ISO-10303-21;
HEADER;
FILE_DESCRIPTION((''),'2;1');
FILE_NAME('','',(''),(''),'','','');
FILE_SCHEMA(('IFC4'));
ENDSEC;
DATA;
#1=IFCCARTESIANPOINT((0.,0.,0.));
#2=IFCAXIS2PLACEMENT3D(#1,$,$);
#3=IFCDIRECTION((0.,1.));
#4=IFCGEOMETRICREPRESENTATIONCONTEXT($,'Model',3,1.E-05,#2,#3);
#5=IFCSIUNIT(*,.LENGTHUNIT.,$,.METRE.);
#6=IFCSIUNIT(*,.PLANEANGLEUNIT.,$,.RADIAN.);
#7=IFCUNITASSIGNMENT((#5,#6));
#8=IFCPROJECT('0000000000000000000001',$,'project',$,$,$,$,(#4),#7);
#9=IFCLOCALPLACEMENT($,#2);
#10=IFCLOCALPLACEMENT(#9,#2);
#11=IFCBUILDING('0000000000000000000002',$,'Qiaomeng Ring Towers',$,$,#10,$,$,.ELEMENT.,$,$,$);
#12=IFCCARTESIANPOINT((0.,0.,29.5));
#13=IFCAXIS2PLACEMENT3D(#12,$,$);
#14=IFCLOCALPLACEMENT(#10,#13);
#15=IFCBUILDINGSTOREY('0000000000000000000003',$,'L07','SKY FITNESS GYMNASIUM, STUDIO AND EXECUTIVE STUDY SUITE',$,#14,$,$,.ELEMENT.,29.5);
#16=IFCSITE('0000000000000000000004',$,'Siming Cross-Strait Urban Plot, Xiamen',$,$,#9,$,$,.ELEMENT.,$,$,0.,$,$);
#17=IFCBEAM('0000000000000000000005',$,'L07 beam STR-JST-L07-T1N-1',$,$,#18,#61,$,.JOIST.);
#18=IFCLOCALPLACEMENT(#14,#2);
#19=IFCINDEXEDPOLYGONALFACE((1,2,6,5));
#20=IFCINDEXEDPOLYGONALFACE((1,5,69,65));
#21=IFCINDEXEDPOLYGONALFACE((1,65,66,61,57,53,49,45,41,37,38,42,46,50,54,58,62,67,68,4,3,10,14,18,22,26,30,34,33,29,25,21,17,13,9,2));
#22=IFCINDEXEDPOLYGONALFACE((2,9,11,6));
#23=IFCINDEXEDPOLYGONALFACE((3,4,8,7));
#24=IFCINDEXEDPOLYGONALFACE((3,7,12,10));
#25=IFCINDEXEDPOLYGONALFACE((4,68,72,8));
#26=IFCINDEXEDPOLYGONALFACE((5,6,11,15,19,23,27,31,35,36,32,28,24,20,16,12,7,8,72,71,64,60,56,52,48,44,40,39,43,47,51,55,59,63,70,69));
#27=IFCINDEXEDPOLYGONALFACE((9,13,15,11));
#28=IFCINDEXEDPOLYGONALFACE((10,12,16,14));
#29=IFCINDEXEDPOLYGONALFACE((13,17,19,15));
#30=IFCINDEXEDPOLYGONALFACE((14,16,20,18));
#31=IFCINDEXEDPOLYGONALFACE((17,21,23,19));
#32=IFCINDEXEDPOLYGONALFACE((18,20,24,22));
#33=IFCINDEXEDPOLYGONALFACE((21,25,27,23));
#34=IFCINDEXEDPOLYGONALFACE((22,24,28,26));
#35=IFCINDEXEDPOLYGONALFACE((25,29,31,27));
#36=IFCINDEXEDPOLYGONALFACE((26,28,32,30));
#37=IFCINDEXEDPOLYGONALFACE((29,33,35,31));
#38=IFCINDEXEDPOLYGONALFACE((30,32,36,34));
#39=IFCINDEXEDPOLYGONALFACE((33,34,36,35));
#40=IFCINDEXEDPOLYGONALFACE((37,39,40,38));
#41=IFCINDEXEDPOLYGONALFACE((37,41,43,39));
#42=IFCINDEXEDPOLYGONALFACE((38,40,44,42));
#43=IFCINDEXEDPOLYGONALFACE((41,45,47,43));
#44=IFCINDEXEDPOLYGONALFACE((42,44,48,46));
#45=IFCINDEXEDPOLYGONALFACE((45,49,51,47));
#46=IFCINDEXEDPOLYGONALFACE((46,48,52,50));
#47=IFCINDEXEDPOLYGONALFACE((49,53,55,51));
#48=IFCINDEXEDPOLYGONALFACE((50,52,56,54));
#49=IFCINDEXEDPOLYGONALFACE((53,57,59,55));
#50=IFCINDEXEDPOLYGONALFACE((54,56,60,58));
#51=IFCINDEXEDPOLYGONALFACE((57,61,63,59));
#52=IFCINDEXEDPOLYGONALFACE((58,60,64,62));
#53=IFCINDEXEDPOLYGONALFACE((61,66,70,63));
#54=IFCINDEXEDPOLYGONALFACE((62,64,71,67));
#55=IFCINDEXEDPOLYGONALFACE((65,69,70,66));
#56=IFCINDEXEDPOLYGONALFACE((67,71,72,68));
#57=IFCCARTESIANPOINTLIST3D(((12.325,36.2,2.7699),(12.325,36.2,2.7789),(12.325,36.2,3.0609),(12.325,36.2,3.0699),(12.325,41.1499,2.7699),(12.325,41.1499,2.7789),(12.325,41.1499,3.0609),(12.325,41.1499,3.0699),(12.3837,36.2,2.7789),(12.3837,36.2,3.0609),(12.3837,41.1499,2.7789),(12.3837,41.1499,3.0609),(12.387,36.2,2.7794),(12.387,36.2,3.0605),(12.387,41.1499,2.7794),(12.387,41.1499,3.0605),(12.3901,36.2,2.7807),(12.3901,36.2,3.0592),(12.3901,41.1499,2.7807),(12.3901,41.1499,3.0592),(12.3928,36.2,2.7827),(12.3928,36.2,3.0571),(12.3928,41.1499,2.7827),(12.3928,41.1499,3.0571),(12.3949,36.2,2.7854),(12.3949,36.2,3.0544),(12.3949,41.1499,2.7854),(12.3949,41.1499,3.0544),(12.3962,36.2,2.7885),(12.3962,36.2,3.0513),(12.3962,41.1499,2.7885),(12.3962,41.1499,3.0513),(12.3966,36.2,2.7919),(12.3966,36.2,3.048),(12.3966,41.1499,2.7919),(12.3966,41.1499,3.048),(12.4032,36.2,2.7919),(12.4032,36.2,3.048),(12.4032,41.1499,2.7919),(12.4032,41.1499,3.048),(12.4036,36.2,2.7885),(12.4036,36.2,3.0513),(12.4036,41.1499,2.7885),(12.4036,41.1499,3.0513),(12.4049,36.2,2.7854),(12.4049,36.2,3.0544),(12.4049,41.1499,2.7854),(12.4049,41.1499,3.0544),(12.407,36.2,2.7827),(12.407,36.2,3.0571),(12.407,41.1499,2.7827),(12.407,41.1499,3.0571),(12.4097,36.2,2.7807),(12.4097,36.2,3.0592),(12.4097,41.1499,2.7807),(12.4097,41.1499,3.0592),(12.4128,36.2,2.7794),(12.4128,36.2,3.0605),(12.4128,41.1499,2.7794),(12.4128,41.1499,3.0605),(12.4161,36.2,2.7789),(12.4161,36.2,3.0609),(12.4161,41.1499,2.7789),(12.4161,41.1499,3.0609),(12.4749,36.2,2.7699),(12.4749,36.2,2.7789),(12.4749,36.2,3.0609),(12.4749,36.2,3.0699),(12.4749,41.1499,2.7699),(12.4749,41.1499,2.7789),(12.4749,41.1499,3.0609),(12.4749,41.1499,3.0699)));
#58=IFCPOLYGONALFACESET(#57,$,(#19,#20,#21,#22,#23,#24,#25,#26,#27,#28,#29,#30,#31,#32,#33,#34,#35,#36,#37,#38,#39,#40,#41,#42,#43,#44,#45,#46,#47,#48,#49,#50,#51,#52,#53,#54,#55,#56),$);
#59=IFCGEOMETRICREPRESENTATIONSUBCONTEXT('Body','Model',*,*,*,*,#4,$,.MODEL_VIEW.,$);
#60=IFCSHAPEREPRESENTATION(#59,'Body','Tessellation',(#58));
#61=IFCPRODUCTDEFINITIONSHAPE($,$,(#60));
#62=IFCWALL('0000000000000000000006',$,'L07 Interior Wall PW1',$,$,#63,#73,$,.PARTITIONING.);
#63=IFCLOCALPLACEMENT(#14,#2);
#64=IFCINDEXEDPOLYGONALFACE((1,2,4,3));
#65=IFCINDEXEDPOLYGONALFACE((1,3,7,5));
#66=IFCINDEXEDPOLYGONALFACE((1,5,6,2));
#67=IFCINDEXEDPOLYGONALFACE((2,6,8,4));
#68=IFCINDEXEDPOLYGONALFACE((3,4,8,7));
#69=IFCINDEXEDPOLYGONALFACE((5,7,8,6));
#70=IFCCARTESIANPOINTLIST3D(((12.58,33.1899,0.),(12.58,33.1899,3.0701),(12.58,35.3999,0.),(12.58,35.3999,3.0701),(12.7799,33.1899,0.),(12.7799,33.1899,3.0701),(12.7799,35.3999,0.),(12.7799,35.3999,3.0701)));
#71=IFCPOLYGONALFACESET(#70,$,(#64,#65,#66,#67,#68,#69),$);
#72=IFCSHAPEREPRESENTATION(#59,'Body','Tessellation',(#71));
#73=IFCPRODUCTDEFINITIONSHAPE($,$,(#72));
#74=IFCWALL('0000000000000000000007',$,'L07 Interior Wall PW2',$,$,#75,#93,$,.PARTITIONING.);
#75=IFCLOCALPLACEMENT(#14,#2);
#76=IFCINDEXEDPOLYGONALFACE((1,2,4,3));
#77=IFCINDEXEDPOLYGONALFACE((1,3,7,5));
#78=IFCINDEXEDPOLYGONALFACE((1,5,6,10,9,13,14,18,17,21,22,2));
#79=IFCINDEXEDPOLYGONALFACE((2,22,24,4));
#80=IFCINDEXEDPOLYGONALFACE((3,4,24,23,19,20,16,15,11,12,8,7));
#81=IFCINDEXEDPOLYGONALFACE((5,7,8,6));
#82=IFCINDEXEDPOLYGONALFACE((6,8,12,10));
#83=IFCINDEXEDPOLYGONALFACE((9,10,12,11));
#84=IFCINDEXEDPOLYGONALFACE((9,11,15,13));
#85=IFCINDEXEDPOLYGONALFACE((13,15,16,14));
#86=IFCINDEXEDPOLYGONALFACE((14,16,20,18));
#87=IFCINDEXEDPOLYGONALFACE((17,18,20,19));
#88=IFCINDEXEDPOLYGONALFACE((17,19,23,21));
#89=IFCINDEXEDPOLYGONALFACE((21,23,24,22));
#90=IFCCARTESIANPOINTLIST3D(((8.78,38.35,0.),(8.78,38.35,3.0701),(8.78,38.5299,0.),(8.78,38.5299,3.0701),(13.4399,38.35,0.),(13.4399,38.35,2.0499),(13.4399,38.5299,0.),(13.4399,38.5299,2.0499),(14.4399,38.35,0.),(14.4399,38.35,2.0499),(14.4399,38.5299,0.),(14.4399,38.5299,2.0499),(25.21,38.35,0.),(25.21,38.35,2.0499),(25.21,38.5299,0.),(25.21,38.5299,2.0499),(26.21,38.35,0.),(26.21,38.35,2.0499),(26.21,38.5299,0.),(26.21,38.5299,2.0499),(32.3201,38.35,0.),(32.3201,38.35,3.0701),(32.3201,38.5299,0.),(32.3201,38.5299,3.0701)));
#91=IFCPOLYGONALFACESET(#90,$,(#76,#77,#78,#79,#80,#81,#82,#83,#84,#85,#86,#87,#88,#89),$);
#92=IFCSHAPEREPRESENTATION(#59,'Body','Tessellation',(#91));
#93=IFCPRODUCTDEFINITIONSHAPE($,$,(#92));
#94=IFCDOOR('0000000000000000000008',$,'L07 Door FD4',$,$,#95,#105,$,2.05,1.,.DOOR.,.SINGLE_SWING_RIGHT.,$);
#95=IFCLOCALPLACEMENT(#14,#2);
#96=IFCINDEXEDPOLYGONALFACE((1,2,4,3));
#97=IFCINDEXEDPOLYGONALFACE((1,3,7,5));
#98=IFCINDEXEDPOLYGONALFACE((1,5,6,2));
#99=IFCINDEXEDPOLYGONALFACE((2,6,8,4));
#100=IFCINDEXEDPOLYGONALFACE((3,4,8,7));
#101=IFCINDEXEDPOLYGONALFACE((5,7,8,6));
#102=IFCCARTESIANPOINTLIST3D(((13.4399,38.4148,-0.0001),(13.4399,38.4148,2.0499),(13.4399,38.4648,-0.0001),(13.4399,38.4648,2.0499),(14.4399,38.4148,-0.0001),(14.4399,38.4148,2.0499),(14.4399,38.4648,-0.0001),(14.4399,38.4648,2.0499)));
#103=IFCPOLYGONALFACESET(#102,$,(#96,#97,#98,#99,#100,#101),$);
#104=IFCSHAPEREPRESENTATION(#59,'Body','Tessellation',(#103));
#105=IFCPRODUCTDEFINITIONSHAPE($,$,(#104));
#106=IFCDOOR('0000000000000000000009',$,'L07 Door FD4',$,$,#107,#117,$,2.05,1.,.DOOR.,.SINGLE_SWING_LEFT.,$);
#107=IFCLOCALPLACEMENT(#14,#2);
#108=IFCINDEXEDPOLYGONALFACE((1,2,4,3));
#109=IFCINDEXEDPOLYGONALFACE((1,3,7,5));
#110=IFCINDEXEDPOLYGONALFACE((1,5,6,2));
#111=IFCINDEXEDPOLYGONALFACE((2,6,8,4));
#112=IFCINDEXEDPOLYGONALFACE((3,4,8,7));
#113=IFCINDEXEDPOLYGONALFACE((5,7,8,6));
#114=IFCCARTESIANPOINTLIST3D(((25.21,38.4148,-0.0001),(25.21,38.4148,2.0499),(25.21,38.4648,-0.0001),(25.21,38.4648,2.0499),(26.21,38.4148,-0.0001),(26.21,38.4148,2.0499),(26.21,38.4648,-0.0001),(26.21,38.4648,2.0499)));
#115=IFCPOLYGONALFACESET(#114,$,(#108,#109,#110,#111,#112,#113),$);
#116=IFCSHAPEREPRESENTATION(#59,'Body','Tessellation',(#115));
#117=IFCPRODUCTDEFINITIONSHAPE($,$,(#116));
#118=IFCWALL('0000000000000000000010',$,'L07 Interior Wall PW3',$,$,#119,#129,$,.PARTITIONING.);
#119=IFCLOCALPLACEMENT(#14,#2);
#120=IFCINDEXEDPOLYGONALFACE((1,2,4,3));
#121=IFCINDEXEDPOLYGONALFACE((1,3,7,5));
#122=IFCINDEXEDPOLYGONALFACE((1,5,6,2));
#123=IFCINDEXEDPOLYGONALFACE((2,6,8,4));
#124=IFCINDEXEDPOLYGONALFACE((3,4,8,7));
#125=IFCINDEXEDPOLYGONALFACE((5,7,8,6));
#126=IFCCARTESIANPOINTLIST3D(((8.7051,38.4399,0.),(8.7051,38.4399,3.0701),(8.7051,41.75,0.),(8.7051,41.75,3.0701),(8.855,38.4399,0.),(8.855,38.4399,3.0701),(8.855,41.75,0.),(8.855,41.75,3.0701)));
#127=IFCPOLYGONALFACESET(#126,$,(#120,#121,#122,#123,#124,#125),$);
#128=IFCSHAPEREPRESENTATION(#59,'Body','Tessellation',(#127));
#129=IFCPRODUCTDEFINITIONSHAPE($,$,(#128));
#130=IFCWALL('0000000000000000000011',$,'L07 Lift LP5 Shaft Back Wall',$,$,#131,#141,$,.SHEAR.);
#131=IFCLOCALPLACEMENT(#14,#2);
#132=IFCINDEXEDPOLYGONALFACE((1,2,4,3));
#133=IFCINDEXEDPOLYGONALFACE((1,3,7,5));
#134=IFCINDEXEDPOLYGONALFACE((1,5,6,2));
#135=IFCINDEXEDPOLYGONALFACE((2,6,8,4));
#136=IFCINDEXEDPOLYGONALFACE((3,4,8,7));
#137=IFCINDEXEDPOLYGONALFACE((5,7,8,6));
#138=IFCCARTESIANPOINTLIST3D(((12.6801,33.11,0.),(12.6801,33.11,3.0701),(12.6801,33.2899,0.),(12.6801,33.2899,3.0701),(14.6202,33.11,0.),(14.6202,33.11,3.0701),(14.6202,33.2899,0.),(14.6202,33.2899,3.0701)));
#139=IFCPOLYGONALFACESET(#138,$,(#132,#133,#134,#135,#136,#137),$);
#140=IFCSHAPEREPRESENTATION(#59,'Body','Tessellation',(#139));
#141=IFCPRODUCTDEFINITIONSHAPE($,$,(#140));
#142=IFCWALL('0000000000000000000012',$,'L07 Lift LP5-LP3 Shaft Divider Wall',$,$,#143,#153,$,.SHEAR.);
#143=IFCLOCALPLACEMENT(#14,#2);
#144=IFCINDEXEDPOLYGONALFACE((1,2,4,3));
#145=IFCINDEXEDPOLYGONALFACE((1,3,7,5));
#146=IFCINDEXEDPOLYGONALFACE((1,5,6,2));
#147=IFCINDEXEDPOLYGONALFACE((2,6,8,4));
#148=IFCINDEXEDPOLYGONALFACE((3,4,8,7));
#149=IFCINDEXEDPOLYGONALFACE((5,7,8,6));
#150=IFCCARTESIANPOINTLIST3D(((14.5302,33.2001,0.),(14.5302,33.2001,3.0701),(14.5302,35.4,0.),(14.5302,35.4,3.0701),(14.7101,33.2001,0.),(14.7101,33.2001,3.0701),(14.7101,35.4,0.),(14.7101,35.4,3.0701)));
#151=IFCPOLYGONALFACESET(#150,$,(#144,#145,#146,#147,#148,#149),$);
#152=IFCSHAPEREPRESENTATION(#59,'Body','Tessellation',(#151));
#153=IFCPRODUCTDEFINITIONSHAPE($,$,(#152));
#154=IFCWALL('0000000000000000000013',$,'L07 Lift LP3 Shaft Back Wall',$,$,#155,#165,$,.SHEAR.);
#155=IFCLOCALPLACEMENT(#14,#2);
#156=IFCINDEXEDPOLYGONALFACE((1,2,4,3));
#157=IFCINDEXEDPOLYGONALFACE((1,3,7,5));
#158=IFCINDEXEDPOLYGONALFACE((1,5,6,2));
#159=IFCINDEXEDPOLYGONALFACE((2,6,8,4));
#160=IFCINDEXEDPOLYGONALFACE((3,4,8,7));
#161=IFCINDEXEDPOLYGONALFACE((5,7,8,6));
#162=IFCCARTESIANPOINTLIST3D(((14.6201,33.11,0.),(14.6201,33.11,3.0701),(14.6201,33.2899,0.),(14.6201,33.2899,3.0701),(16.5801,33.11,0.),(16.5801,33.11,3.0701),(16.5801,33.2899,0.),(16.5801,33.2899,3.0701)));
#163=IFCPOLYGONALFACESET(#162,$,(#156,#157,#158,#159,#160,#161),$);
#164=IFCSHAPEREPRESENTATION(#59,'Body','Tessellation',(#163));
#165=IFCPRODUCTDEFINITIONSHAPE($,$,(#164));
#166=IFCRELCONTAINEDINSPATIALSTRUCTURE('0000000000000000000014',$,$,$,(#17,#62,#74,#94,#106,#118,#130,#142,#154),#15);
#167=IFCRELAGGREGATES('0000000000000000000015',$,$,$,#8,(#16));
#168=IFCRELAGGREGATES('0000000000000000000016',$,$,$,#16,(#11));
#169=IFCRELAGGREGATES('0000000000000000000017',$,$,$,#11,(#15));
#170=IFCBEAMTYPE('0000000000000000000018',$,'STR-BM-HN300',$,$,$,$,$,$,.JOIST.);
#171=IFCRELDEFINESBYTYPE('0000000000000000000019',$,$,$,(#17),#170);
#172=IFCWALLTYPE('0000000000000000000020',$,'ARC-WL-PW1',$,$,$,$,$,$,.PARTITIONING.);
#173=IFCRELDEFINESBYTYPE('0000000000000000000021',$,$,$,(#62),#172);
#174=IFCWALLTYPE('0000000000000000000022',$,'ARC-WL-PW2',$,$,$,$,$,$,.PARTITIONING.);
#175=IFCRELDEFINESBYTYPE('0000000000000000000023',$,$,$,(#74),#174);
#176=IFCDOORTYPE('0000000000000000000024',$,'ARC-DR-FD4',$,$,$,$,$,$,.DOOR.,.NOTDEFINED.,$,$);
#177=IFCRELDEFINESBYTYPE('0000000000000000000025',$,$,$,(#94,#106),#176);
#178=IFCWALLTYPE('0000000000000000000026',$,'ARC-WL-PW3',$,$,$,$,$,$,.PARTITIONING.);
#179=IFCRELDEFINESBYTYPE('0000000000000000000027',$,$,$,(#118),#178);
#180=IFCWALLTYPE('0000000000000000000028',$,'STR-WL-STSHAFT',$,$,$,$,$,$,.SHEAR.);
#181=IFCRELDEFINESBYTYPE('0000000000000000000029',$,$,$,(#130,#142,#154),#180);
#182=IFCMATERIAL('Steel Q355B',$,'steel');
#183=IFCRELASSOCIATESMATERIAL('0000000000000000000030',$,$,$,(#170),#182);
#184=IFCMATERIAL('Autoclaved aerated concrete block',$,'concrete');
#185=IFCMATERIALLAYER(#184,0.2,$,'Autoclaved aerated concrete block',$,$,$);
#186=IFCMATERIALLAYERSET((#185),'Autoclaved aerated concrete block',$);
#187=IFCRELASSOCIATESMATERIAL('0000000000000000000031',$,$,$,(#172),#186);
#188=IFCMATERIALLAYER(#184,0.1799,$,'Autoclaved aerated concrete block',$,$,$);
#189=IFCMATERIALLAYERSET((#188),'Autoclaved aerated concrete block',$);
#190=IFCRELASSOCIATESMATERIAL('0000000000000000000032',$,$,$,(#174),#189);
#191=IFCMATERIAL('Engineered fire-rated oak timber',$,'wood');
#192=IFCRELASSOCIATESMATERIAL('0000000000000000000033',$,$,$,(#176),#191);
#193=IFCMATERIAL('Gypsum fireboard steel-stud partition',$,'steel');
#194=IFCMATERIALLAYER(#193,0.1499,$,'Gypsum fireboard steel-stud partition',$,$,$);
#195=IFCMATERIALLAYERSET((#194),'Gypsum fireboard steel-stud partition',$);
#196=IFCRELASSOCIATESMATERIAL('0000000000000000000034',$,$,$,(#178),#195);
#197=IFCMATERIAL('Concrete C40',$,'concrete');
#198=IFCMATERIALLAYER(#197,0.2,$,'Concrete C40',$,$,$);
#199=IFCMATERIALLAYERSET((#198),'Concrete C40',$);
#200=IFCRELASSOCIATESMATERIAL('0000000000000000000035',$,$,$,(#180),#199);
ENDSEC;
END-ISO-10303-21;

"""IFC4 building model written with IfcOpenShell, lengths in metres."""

from ifc_helpers import new_model, si_unit, direction, frame, frame_2d, origin, origin_2d, place, context, subcontext, project, spatial, rectangle, i_section, extrude, source, transform, mapped, material, layer, layer_set, material_profile, profile_set, type_object, element, fill, save


model = new_model("IFC4")

# Units and contexts
model_context = context("Model", 3, precision=1e-05, world=origin(), true_north=direction((0.0, 1.0)))
body_context = subcontext(model_context, "Body", "Model", "MODEL_VIEW")
ifc_project = project(units=[si_unit("LENGTHUNIT", "METRE"), si_unit("PLANEANGLEUNIT", "RADIAN")], contexts=[model_context])

# Site, building, storey
site_placement = place(None, origin())
site = spatial("IfcSite", under=ifc_project, at=site_placement, Name="Siming Cross-Strait Urban Plot, Xiamen", CompositionType="ELEMENT", RefElevation=0.0)
building_placement = place(site_placement, origin())
building = spatial("IfcBuilding", under=site, at=building_placement, Name="Qiaomeng Ring Towers", CompositionType="ELEMENT")
storey_placement = place(building_placement, frame((0.0, 0.0, 29.5)))
storey = spatial("IfcBuildingStorey", under=building, at=storey_placement, Name="L07", Description="SKY FITNESS GYMNASIUM, STUDIO AND EXECUTIVE STUDY SUITE", CompositionType="ELEMENT", Elevation=29.5)

# Beam
ifc_material_1 = material(Name="Steel Q355B", Category="steel")
ifc_material_profile = material_profile(ifc_material_1, i_section(OverallWidth=0.1499, OverallDepth=0.3, WebThickness=0.0066, FlangeThickness=0.009, FilletRadius=0.0129, at=origin_2d()), Name="HN 300x150x6.5x9")
ifc_profile_set = profile_set([ifc_material_profile], Name="Steel Q355B")
beam_type = type_object("IfcBeamType", Name="STR-BM-HN300", PredefinedType="JOIST", material=ifc_profile_set)
shared_shape_1 = source(origin(), body_context, "Body", "SweptSolid", [
    extrude(i_section(OverallWidth=0.1499, OverallDepth=0.3, WebThickness=0.0066, FlangeThickness=0.009, FilletRadius=0.0129, at=origin_2d()), origin(), (0.0, 0.0, 1.0), 4.95),
])
beam_placement = place(storey_placement, frame((12.3999, 36.2, 2.9199), z_axis=(0.0, 1.0, 0.0), x_axis=(-1.0, 0.0, 0.0)))
element("IfcBeam", 1, at=beam_placement, inside=storey, type_object=beam_type, Name="L07 beam STR-JST-L07-T1N-1", PredefinedType="JOIST", context=body_context, shape_type="MappedRepresentation", body=[
    mapped(shared_shape_1, transform((0.0, 0.0, 0.0), x_axis=(1.0, 0.0, 0.0), y_axis=(0.0, 1.0, 0.0), z_axis=(0.0, 0.0, 1.0), scale=1.0)),
])

# Wall
ifc_material_2 = material(Name="Autoclaved aerated concrete block", Category="concrete")
ifc_layer_1 = layer(ifc_material_2, 0.2, Name="Autoclaved aerated concrete block")
ifc_layer_set_1 = layer_set([ifc_layer_1], Name="Autoclaved aerated concrete block")
wall_type_1 = type_object("IfcWallType", Name="ARC-WL-PW1", PredefinedType="PARTITIONING", material=ifc_layer_set_1)
wall_1_placement = place(storey_placement, frame((12.6799, 33.1899, 0.0), z_axis=(0.0, 0.0, 1.0), x_axis=(0.0, 1.0, 0.0)))
element("IfcWall", 2, at=wall_1_placement, inside=storey, type_object=wall_type_1, Name="L07 Interior Wall PW1", PredefinedType="PARTITIONING", context=body_context, shape_type="SweptSolid", body=[
    extrude(rectangle(XDim=2.21, YDim=0.2, at=frame_2d((1.105, 0.0))), origin(), (0.0, 0.0, 1.0), 3.0701),
])

# Wall, openings, doors
ifc_layer_2 = layer(ifc_material_2, 0.1799, Name="Autoclaved aerated concrete block")
ifc_layer_set_2 = layer_set([ifc_layer_2], Name="Autoclaved aerated concrete block")
wall_type_2 = type_object("IfcWallType", Name="ARC-WL-PW2", PredefinedType="PARTITIONING", material=ifc_layer_set_2)
wall_2_placement = place(storey_placement, frame((8.78, 38.4399, 0.0), z_axis=(0.0, 0.0, 1.0), x_axis=(1.0, 0.0, 0.0)))
wall_2 = element("IfcWall", 3, at=wall_2_placement, inside=storey, type_object=wall_type_2, Name="L07 Interior Wall PW2", PredefinedType="PARTITIONING", context=body_context, shape_type="SweptSolid", body=[
    extrude(rectangle(XDim=23.54, YDim=0.1799, at=frame_2d((11.77, 0.0))), origin(), (0.0, 0.0, 1.0), 3.0701),
])
opening_1_placement = place(wall_2_placement, frame((4.6599, 0.0, 0.0)))
opening_1 = element("IfcOpeningElement", 4, at=opening_1_placement, cuts=wall_2, PredefinedType="OPENING", context=body_context, shape_type="SweptSolid", body=[
    extrude(rectangle(XDim=1.0, YDim=2.05, at=frame_2d((0.5, 1.0249))), frame((0.0, 0.0999, 0.0), z_axis=(0.0, -1.0, 0.0), x_axis=(1.0, 0.0, 0.0)), (0.0, 0.0, 1.0), 0.2),
])
opening_2_placement = place(wall_2_placement, frame((16.4299, 0.0, 0.0)))
opening_2 = element("IfcOpeningElement", 5, at=opening_2_placement, cuts=wall_2, PredefinedType="OPENING", context=body_context, shape_type="SweptSolid", body=[
    extrude(rectangle(XDim=1.0, YDim=2.05, at=frame_2d((0.5, 1.0249))), frame((0.0, 0.0999, 0.0), z_axis=(0.0, -1.0, 0.0), x_axis=(1.0, 0.0, 0.0)), (0.0, 0.0, 1.0), 0.2),
])
ifc_material_3 = material(Name="Engineered fire-rated oak timber", Category="wood")
door_type_1 = type_object("IfcDoorType", Name="ARC-DR-FD4", OperationType="NOTDEFINED", PredefinedType="DOOR", material=ifc_material_3)
shared_shape_2 = source(origin(), body_context, "Body", "SweptSolid", [
    extrude(rectangle(XDim=1.0, YDim=2.05, at=frame_2d((0.5, 1.0249))), frame((0.0, 0.0249, 0.0), z_axis=(0.0, -1.0, 0.0), x_axis=(1.0, 0.0, 0.0)), (0.0, 0.0, 1.0), 0.05),
])
door_1_placement = place(opening_1_placement, origin())
door_1 = element("IfcDoor", 6, at=door_1_placement, inside=storey, type_object=door_type_1, Name="L07 Door FD4", OperationType="SINGLE_SWING_RIGHT", OverallHeight=2.05, OverallWidth=1.0, PredefinedType="DOOR", context=body_context, shape_type="MappedRepresentation", body=[
    mapped(shared_shape_2, transform((0.0, 0.0, 0.0), x_axis=(1.0, 0.0, 0.0), y_axis=(0.0, 1.0, 0.0), z_axis=(0.0, 0.0, 1.0), scale=1.0)),
])
fill(opening_1, door_1)
door_2_placement = place(opening_2_placement, origin())
door_2 = element("IfcDoor", 7, at=door_2_placement, inside=storey, type_object=door_type_1, Name="L07 Door FD4", OperationType="SINGLE_SWING_LEFT", OverallHeight=2.05, OverallWidth=1.0, PredefinedType="DOOR", context=body_context, shape_type="MappedRepresentation", body=[
    mapped(shared_shape_2, transform((0.0, 0.0, 0.0), x_axis=(1.0, 0.0, 0.0), y_axis=(0.0, 1.0, 0.0), z_axis=(0.0, 0.0, 1.0), scale=1.0)),
])
fill(opening_2, door_2)

# Walls
ifc_material_4 = material(Name="Gypsum fireboard steel-stud partition", Category="steel")
ifc_layer_3 = layer(ifc_material_4, 0.1499, Name="Gypsum fireboard steel-stud partition")
ifc_layer_set_3 = layer_set([ifc_layer_3], Name="Gypsum fireboard steel-stud partition")
wall_type_3 = type_object("IfcWallType", Name="ARC-WL-PW3", PredefinedType="PARTITIONING", material=ifc_layer_set_3)
wall_3_placement = place(storey_placement, frame((8.78, 38.4399, 0.0), z_axis=(0.0, 0.0, 1.0), x_axis=(0.0, 1.0, 0.0)))
element("IfcWall", 8, at=wall_3_placement, inside=storey, type_object=wall_type_3, Name="L07 Interior Wall PW3", PredefinedType="PARTITIONING", context=body_context, shape_type="SweptSolid", body=[
    extrude(rectangle(XDim=3.3101, YDim=0.1499, at=frame_2d((1.655, 0.0))), origin(), (0.0, 0.0, 1.0), 3.0701),
])
ifc_material_5 = material(Name="Concrete C40", Category="concrete")
ifc_layer_4 = layer(ifc_material_5, 0.2, Name="Concrete C40")
ifc_layer_set_4 = layer_set([ifc_layer_4], Name="Concrete C40")
wall_type_4 = type_object("IfcWallType", Name="STR-WL-STSHAFT", PredefinedType="SHEAR", material=ifc_layer_set_4)
wall_4_placement = place(storey_placement, frame((12.6799, 33.2, 0.0), z_axis=(0.0, 0.0, 1.0), x_axis=(1.0, 0.0, 0.0)))
element("IfcWall", 9, at=wall_4_placement, inside=storey, type_object=wall_type_4, Name="L07 Lift LP5 Shaft Back Wall", PredefinedType="SHEAR", context=body_context, shape_type="SweptSolid", body=[
    extrude(rectangle(XDim=1.9402, YDim=0.1799, at=frame_2d((0.9702, 0.0))), origin(), (0.0, 0.0, 1.0), 3.0701),
])
wall_5_placement = place(storey_placement, frame((14.6201, 33.2, 0.0), z_axis=(0.0, 0.0, 1.0), x_axis=(0.0, 1.0, 0.0)))
element("IfcWall", 10, at=wall_5_placement, inside=storey, type_object=wall_type_4, Name="L07 Lift LP5-LP3 Shaft Divider Wall", PredefinedType="SHEAR", context=body_context, shape_type="SweptSolid", body=[
    extrude(rectangle(XDim=2.2, YDim=0.1799, at=frame_2d((1.1001, 0.0))), origin(), (0.0, 0.0, 1.0), 3.0701),
])
wall_6_placement = place(storey_placement, frame((14.6201, 33.2, 0.0), z_axis=(0.0, 0.0, 1.0), x_axis=(1.0, 0.0, 0.0)))
element("IfcWall", 11, at=wall_6_placement, inside=storey, type_object=wall_type_4, Name="L07 Lift LP3 Shaft Back Wall", PredefinedType="SHEAR", context=body_context, shape_type="SweptSolid", body=[
    extrude(rectangle(XDim=1.96, YDim=0.1799, at=frame_2d((0.98, 0.0))), origin(), (0.0, 0.0, 1.0), 3.0701),
])

save(model, "model.ifc")
